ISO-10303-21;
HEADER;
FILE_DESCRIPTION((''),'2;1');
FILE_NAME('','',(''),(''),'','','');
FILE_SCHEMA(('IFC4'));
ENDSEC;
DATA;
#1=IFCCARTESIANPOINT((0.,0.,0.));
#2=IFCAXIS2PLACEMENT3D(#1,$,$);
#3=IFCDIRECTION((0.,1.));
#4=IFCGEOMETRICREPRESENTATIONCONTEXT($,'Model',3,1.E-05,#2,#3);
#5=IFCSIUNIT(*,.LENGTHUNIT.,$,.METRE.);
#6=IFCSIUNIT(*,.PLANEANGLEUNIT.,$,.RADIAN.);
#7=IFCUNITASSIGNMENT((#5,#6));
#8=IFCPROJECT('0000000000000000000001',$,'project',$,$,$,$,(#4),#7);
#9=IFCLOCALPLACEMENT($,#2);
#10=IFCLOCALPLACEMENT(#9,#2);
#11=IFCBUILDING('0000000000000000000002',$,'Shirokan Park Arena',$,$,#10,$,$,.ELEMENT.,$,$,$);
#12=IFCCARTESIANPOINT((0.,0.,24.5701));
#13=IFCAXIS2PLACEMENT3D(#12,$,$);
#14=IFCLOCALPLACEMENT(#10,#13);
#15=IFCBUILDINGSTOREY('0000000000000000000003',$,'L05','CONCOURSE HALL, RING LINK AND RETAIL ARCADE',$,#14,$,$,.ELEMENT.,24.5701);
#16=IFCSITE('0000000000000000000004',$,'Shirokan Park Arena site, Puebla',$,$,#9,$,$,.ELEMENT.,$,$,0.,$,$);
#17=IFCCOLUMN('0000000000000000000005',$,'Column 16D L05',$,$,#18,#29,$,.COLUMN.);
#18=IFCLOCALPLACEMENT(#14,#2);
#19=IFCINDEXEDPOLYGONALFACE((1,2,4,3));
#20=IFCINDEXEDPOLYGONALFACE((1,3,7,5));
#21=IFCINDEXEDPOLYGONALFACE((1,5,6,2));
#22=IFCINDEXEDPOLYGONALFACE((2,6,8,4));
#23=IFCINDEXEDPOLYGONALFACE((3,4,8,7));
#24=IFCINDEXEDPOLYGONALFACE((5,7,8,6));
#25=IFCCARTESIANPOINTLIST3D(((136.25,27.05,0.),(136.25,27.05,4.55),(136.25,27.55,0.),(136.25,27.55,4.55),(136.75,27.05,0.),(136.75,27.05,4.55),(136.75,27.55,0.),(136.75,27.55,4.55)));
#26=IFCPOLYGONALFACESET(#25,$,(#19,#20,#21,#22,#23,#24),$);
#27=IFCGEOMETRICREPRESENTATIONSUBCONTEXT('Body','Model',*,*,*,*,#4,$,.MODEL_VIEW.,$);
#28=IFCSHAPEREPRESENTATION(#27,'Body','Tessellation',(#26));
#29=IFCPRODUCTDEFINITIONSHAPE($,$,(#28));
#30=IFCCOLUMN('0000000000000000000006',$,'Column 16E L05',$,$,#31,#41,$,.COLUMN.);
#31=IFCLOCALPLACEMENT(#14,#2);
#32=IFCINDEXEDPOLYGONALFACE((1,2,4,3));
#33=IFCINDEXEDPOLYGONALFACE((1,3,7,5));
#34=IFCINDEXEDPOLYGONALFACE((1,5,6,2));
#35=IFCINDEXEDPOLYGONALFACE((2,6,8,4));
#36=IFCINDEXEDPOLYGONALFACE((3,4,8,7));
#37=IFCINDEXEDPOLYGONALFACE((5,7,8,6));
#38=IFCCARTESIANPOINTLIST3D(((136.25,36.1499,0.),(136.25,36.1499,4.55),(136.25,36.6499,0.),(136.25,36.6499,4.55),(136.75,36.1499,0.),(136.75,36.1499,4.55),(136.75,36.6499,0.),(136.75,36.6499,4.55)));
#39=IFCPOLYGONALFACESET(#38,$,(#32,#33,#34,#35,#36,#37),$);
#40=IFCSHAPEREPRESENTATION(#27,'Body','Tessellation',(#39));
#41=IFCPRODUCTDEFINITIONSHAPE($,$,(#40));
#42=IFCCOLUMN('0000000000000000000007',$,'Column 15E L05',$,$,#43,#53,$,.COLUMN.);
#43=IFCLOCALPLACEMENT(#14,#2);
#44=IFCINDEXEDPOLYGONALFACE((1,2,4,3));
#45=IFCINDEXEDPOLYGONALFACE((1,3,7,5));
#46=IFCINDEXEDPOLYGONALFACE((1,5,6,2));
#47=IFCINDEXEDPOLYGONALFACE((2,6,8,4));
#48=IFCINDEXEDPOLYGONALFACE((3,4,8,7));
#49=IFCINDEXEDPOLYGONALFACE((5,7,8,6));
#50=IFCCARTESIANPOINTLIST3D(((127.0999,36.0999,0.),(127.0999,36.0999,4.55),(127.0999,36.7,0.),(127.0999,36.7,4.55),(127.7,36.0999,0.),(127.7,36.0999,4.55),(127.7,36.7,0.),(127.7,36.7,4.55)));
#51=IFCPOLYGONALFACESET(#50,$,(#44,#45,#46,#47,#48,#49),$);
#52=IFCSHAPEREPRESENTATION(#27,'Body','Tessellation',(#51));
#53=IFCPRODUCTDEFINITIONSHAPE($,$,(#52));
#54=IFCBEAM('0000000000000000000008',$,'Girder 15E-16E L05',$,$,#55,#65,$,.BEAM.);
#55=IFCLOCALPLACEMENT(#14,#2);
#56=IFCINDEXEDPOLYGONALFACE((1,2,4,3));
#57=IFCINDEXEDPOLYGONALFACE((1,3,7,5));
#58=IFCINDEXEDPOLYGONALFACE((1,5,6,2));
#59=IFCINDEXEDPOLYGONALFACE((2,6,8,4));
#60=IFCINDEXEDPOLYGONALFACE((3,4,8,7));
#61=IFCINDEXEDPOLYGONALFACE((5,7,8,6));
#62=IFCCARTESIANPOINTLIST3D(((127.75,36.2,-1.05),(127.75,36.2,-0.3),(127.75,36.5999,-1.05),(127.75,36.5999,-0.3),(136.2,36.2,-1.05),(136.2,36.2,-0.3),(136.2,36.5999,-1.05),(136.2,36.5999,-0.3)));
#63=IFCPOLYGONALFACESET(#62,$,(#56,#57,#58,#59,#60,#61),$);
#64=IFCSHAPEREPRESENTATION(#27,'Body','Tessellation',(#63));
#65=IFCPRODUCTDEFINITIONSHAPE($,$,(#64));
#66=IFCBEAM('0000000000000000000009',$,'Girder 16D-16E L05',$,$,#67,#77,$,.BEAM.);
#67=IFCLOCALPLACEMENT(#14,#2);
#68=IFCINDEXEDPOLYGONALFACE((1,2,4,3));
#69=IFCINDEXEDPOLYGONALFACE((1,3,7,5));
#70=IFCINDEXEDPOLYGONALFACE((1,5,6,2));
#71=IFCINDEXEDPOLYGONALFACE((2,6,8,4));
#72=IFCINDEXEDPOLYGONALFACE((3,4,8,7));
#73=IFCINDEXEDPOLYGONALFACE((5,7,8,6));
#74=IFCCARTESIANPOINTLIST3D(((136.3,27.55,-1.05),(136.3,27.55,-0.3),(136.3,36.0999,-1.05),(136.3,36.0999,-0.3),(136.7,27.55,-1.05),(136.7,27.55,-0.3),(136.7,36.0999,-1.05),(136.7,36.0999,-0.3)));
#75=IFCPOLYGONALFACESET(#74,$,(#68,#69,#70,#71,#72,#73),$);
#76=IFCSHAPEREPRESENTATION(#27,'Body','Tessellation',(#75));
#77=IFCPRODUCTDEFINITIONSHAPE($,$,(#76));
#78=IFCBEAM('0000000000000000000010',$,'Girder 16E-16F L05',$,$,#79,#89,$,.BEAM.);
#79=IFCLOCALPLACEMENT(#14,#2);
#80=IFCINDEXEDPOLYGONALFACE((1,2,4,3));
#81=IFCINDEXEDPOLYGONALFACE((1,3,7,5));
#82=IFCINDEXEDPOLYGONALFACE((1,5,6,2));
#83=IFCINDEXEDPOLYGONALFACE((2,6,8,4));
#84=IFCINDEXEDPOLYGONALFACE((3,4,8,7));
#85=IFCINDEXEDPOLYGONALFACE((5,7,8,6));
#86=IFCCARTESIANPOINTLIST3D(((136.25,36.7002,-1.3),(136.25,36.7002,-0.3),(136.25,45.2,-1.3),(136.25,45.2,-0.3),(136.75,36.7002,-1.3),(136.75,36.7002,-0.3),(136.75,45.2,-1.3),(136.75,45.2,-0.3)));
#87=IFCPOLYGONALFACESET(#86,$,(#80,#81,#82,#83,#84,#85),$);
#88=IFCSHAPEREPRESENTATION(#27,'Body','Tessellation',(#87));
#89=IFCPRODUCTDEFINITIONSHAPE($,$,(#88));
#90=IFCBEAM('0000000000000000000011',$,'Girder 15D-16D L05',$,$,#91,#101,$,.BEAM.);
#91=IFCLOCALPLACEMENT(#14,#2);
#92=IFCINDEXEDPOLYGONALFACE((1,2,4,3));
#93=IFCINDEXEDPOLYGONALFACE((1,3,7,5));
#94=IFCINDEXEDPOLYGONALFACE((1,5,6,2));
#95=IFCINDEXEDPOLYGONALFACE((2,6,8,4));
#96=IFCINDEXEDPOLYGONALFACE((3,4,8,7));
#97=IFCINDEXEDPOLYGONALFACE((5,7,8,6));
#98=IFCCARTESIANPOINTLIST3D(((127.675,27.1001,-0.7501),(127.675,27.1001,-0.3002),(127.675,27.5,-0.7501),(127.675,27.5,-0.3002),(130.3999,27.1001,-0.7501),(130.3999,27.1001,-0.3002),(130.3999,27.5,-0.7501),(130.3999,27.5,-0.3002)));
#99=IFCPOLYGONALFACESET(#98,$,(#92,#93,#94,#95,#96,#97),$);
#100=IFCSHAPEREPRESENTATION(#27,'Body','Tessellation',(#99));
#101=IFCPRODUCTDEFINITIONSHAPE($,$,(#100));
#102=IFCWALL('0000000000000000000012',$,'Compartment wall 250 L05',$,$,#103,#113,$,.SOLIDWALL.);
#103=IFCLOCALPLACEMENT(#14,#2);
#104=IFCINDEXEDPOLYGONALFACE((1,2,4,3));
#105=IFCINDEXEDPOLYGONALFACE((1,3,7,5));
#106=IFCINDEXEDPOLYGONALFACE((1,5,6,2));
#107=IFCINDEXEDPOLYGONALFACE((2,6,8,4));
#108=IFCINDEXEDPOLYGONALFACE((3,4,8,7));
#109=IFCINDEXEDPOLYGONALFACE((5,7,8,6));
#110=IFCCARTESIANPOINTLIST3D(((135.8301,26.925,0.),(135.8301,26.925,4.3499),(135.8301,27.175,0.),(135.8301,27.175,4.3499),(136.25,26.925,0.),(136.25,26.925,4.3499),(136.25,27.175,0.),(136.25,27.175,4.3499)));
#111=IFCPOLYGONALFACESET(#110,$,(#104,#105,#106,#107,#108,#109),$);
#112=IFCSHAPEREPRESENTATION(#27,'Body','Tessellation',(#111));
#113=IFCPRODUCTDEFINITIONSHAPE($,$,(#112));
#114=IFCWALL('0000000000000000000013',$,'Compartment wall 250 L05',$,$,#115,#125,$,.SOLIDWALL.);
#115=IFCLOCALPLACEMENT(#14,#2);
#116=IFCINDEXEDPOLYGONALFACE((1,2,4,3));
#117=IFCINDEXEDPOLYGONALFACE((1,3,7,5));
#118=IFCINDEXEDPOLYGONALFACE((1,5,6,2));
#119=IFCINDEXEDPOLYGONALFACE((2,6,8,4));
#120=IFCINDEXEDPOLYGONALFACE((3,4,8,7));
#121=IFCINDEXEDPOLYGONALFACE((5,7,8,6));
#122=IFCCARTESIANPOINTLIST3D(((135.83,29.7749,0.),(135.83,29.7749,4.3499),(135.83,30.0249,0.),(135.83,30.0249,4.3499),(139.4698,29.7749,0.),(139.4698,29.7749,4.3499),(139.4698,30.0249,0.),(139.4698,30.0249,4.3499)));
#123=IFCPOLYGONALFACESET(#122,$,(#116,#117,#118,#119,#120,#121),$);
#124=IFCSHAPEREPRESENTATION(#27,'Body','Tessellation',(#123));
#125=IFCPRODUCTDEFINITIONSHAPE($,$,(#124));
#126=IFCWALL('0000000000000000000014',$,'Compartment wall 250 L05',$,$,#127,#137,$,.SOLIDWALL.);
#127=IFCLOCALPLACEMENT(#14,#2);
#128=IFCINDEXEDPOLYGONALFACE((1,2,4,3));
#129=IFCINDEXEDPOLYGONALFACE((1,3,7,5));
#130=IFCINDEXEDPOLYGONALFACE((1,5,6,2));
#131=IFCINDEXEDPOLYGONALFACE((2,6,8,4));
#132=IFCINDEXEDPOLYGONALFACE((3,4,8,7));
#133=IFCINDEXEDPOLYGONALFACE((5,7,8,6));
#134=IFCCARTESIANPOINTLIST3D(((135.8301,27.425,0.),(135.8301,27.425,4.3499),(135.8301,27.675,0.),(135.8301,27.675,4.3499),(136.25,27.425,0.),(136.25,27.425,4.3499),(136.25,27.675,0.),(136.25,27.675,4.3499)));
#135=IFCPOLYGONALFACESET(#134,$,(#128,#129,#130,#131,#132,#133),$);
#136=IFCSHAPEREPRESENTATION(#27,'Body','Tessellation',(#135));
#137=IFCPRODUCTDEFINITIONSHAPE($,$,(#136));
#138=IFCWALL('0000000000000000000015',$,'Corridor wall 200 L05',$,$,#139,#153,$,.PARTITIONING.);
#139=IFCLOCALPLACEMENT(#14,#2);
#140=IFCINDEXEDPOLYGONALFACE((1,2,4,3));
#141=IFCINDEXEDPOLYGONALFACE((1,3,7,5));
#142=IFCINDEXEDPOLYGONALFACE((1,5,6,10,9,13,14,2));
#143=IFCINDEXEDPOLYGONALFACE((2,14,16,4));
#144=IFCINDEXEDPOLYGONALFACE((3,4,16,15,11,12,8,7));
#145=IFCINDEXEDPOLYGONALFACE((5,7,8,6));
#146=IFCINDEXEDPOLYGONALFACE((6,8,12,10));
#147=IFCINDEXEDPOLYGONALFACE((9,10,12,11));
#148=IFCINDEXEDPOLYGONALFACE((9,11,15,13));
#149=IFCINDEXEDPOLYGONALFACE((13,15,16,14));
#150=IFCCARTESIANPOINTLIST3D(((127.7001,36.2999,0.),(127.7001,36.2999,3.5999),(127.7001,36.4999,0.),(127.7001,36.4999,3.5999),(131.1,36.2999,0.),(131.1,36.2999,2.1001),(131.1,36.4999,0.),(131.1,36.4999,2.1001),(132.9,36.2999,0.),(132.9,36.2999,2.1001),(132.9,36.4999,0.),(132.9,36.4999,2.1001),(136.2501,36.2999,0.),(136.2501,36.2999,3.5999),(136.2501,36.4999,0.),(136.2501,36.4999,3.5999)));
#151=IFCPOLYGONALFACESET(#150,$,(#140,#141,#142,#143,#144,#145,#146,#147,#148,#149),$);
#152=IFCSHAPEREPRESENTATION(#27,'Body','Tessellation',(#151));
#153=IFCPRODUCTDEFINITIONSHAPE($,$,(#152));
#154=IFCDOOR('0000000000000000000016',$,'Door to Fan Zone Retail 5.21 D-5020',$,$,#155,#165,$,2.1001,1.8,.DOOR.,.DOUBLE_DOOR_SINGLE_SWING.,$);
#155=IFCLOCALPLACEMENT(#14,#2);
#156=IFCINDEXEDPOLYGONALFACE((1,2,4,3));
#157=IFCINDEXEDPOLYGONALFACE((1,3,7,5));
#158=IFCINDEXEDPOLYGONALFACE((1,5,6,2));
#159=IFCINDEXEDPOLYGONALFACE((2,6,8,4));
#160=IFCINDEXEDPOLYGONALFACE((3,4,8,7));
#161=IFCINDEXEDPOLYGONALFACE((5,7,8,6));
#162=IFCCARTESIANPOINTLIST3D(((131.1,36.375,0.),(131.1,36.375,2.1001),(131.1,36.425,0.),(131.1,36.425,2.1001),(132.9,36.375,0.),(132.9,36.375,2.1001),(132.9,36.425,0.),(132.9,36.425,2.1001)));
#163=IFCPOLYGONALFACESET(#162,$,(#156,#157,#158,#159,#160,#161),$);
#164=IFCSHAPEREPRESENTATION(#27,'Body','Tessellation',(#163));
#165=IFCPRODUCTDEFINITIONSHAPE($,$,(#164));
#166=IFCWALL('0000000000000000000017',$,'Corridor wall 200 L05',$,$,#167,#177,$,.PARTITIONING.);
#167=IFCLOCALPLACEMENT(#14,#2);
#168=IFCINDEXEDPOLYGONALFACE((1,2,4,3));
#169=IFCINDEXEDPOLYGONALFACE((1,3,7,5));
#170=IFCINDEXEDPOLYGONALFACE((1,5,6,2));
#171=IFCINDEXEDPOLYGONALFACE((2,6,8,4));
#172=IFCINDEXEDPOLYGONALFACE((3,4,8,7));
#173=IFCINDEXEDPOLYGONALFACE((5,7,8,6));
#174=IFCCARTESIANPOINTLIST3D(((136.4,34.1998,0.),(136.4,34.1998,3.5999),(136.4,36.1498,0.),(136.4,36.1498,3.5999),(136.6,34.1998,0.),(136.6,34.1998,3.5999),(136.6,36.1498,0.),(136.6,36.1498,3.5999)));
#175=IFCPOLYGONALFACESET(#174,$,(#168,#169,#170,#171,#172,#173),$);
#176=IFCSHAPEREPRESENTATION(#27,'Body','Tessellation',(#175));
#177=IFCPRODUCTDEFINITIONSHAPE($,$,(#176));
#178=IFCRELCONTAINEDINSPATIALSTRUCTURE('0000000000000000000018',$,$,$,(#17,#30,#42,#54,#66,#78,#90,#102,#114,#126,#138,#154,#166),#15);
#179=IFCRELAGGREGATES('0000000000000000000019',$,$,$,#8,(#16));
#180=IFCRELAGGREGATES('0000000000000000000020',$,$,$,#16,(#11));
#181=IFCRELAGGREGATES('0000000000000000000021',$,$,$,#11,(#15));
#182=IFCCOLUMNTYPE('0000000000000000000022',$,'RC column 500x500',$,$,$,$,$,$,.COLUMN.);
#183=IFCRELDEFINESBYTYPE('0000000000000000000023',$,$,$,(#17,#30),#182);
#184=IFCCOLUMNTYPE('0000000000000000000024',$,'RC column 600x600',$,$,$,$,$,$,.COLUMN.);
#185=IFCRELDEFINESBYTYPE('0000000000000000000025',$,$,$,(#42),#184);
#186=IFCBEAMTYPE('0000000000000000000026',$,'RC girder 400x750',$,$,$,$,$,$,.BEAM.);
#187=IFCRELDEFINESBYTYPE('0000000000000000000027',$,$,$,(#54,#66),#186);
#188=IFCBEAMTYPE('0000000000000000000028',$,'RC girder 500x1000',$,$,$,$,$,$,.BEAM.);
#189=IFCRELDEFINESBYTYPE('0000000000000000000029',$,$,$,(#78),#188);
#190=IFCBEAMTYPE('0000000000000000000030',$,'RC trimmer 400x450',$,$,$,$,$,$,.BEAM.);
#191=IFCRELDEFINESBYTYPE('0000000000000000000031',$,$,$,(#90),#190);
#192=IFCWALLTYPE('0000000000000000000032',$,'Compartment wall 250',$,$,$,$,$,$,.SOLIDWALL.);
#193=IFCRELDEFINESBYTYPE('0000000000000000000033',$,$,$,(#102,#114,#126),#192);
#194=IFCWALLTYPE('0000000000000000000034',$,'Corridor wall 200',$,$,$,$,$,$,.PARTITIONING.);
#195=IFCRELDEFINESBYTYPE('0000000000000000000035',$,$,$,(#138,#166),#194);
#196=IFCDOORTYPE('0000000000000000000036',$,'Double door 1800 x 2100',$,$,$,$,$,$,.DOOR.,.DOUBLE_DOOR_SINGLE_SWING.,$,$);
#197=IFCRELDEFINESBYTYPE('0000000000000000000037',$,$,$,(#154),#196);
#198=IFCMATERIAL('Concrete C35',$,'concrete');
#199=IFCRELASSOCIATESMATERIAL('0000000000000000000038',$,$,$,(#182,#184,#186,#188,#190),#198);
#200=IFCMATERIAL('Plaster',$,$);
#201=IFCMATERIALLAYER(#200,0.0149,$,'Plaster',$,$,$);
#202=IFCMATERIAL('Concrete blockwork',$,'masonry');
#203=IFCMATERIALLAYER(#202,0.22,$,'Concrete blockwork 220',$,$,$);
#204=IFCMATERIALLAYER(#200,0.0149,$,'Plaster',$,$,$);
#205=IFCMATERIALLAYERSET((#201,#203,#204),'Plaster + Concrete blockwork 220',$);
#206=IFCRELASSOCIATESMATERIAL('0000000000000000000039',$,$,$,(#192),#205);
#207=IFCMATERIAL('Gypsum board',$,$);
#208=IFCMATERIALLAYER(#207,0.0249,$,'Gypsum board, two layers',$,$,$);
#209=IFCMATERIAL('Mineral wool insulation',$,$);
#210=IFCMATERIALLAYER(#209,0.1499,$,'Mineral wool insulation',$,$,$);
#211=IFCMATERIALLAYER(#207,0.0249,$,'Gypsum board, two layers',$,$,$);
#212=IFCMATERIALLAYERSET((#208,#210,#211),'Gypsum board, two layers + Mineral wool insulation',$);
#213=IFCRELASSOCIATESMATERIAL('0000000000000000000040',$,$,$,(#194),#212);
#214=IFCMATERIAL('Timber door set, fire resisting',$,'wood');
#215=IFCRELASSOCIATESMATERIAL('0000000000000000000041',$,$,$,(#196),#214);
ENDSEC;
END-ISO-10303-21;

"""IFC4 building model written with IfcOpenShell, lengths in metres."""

from ifc_helpers import new_model, si_unit, direction, frame, frame_2d, origin, origin_2d, place, context, subcontext, project, spatial, rectangle, extrude, material, layer, layer_set, material_profile, profile_set, type_object, element, fill, save


model = new_model("IFC4")

# Units and contexts
model_context = context("Model", 3, precision=1e-05, world=origin(), true_north=direction((0.0, 1.0)))
body_context = subcontext(model_context, "Body", "Model", "MODEL_VIEW")
ifc_project = project(units=[si_unit("LENGTHUNIT", "METRE"), si_unit("PLANEANGLEUNIT", "RADIAN")], contexts=[model_context])

# Site, building, storey
site_placement = place(None, origin())
site = spatial("IfcSite", under=ifc_project, at=site_placement, Name="Shirokan Park Arena site, Puebla", CompositionType="ELEMENT", RefElevation=0.0)
building_placement = place(site_placement, origin())
building = spatial("IfcBuilding", under=site, at=building_placement, Name="Shirokan Park Arena", CompositionType="ELEMENT")
storey_placement = place(building_placement, frame((0.0, 0.0, 24.5701)))
storey = spatial("IfcBuildingStorey", under=building, at=storey_placement, Name="L05", Description="CONCOURSE HALL, RING LINK AND RETAIL ARCADE", CompositionType="ELEMENT", Elevation=24.5701)

# Columns
ifc_material_1 = material(Name="Concrete C35", Category="concrete")
ifc_material_profile_1 = material_profile(ifc_material_1, rectangle(XDim=0.5, YDim=0.5, at=origin_2d()), Name="500x500")
ifc_profile_set_1 = profile_set([ifc_material_profile_1], Name="Concrete C35")
column_type_1 = type_object("IfcColumnType", Name="RC column 500x500", PredefinedType="COLUMN", material=ifc_profile_set_1)
for number, where, z_axis, x_axis, name in (
    (1, (136.5, 27.3, 0.0), (0.0, 0.0, 1.0), (1.0, 0.0, 0.0), "Column 16D L05"),
    (2, (136.5, 36.3999, 0.0), (0.0, 0.0, 1.0), (1.0, 0.0, 0.0), "Column 16E L05"),
):
    element("IfcColumn", number, at=place(storey_placement, frame(where, z_axis=z_axis, x_axis=x_axis)), inside=storey, type_object=column_type_1, Name=name, PredefinedType="COLUMN", context=body_context, shape_type="SweptSolid", body=[
        extrude(rectangle(XDim=0.5, YDim=0.5, at=origin_2d()), origin(), (0.0, 0.0, 1.0), 4.55),
    ])
ifc_material_profile_2 = material_profile(ifc_material_1, rectangle(XDim=0.6001, YDim=0.6001, at=origin_2d()), Name="600x600")
ifc_profile_set_2 = profile_set([ifc_material_profile_2], Name="Concrete C35")
column_type_2 = type_object("IfcColumnType", Name="RC column 600x600", PredefinedType="COLUMN", material=ifc_profile_set_2)
column_placement = place(storey_placement, frame((127.3999, 36.3999, 0.0), z_axis=(0.0, 0.0, 1.0), x_axis=(1.0, 0.0, 0.0)))
element("IfcColumn", 3, at=column_placement, inside=storey, type_object=column_type_2, Name="Column 15E L05", PredefinedType="COLUMN", context=body_context, shape_type="SweptSolid", body=[
    extrude(rectangle(XDim=0.6001, YDim=0.6001, at=origin_2d()), origin(), (0.0, 0.0, 1.0), 4.55),
])

# Beams
ifc_material_profile_3 = material_profile(ifc_material_1, rectangle(XDim=0.3999, YDim=0.75, at=origin_2d()), Name="400x750")
ifc_profile_set_3 = profile_set([ifc_material_profile_3], Name="Concrete C35")
beam_type_1 = type_object("IfcBeamType", Name="RC girder 400x750", PredefinedType="BEAM", material=ifc_profile_set_3)
beam_1_placement = place(storey_placement, frame((127.75, 36.3999, -0.675), z_axis=(1.0, 0.0, 0.0), x_axis=(0.0, 1.0, 0.0)))
element("IfcBeam", 4, at=beam_1_placement, inside=storey, type_object=beam_type_1, Name="Girder 15E-16E L05", PredefinedType="BEAM", context=body_context, shape_type="SweptSolid", body=[
    extrude(rectangle(XDim=0.3999, YDim=0.75, at=origin_2d()), origin(), (0.0, 0.0, 1.0), 8.45),
])
beam_2_placement = place(storey_placement, frame((136.5, 27.55, -0.675), z_axis=(0.0, 1.0, 0.0), x_axis=(-1.0, 0.0, 0.0)))
element("IfcBeam", 5, at=beam_2_placement, inside=storey, type_object=beam_type_1, Name="Girder 16D-16E L05", PredefinedType="BEAM", context=body_context, shape_type="SweptSolid", body=[
    extrude(rectangle(XDim=0.3999, YDim=0.75, at=origin_2d()), origin(), (0.0, 0.0, 1.0), 8.5498),
])
ifc_material_profile_4 = material_profile(ifc_material_1, rectangle(XDim=0.5, YDim=1.0, at=origin_2d()), Name="500x1000")
ifc_profile_set_4 = profile_set([ifc_material_profile_4], Name="Concrete C35")
beam_type_2 = type_object("IfcBeamType", Name="RC girder 500x1000", PredefinedType="BEAM", material=ifc_profile_set_4)
beam_3_placement = place(storey_placement, frame((136.5, 36.7002, -0.8), z_axis=(0.0, 1.0, 0.0), x_axis=(-1.0, 0.0, 0.0)))
element("IfcBeam", 6, at=beam_3_placement, inside=storey, type_object=beam_type_2, Name="Girder 16E-16F L05", PredefinedType="BEAM", context=body_context, shape_type="SweptSolid", body=[
    extrude(rectangle(XDim=0.5, YDim=1.0, at=origin_2d()), origin(), (0.0, 0.0, 1.0), 8.4998),
])
ifc_material_profile_5 = material_profile(ifc_material_1, rectangle(XDim=0.3999, YDim=0.45, at=origin_2d()), Name="400x450")
ifc_profile_set_5 = profile_set([ifc_material_profile_5], Name="Concrete C35")
beam_type_3 = type_object("IfcBeamType", Name="RC trimmer 400x450", PredefinedType="BEAM", material=ifc_profile_set_5)
beam_4_placement = place(storey_placement, frame((127.675, 27.3, -0.5251), z_axis=(1.0, 0.0, 0.0), x_axis=(0.0, 1.0, 0.0)))
element("IfcBeam", 7, at=beam_4_placement, inside=storey, type_object=beam_type_3, Name="Girder 15D-16D L05", PredefinedType="BEAM", context=body_context, shape_type="SweptSolid", body=[
    extrude(rectangle(XDim=0.3999, YDim=0.45, at=origin_2d()), origin(), (0.0, 0.0, 1.0), 2.7249),
])

# Walls
ifc_material_2 = material(Name="Plaster")
ifc_layer_1 = layer(ifc_material_2, 0.0149, Name="Plaster")
ifc_material_3 = material(Name="Concrete blockwork", Category="masonry")
ifc_layer_2 = layer(ifc_material_3, 0.22, Name="Concrete blockwork 220")
ifc_layer_3 = layer(ifc_material_2, 0.0149, Name="Plaster")
ifc_layer_set_1 = layer_set([ifc_layer_1, ifc_layer_2, ifc_layer_3], Name="Plaster + Concrete blockwork 220")
wall_type_1 = type_object("IfcWallType", Name="Compartment wall 250", PredefinedType="SOLIDWALL", material=ifc_layer_set_1)
wall_1_placement = place(storey_placement, frame((135.8301, 27.05, 0.0), z_axis=(0.0, 0.0, 1.0), x_axis=(1.0, 0.0, 0.0)))
element("IfcWall", 8, at=wall_1_placement, inside=storey, type_object=wall_type_1, Name="Compartment wall 250 L05", PredefinedType="SOLIDWALL", context=body_context, shape_type="SweptSolid", body=[
    extrude(rectangle(XDim=0.4199, YDim=0.25, at=frame_2d((0.21, 0.0))), origin(), (0.0, 0.0, 1.0), 4.3499),
])
wall_2_placement = place(storey_placement, frame((135.8301, 29.8999, 0.0), z_axis=(0.0, 0.0, 1.0), x_axis=(1.0, 0.0, 0.0)))
element("IfcWall", 9, at=wall_2_placement, inside=storey, type_object=wall_type_1, Name="Compartment wall 250 L05", PredefinedType="SOLIDWALL", context=body_context, shape_type="SweptSolid", body=[
    extrude(rectangle(XDim=3.6399, YDim=0.25, at=frame_2d((1.8198, 0.0))), origin(), (0.0, 0.0, 1.0), 4.3499),
])
wall_3_placement = place(storey_placement, frame((136.25, 27.55, 0.0), z_axis=(0.0, 0.0, 1.0), x_axis=(-1.0, 0.0, 0.0)))
element("IfcWall", 10, at=wall_3_placement, inside=storey, type_object=wall_type_1, Name="Compartment wall 250 L05", PredefinedType="SOLIDWALL", context=body_context, shape_type="SweptSolid", body=[
    extrude(rectangle(XDim=0.4199, YDim=0.25, at=frame_2d((0.21, 0.0))), origin(), (0.0, 0.0, 1.0), 4.3499),
])

# Wall, opening, door
ifc_material_4 = material(Name="Gypsum board")
ifc_layer_4 = layer(ifc_material_4, 0.0249, Name="Gypsum board, two layers")
ifc_material_5 = material(Name="Mineral wool insulation")
ifc_layer_5 = layer(ifc_material_5, 0.1499, Name="Mineral wool insulation")
ifc_layer_6 = layer(ifc_material_4, 0.0249, Name="Gypsum board, two layers")
ifc_layer_set_2 = layer_set([ifc_layer_4, ifc_layer_5, ifc_layer_6], Name="Gypsum board, two layers + Mineral wool insulation")
wall_type_2 = type_object("IfcWallType", Name="Corridor wall 200", PredefinedType="PARTITIONING", material=ifc_layer_set_2)
wall_4_placement = place(storey_placement, frame((136.25, 36.3999, 0.0), z_axis=(0.0, 0.0, 1.0), x_axis=(-1.0, 0.0, 0.0)))
wall_4 = element("IfcWall", 11, at=wall_4_placement, inside=storey, type_object=wall_type_2, Name="Corridor wall 200 L05", PredefinedType="PARTITIONING", context=body_context, shape_type="SweptSolid", body=[
    extrude(rectangle(XDim=8.55, YDim=0.2, at=frame_2d((4.2749, 0.0))), origin(), (0.0, 0.0, 1.0), 3.5999),
])
opening_1_placement = place(wall_4_placement, frame((3.3501, 0.0, 0.0)))
opening_1 = element("IfcOpeningElement", 12, at=opening_1_placement, cuts=wall_4, PredefinedType="OPENING", context=body_context, shape_type="SweptSolid", body=[
    extrude(rectangle(XDim=1.8, YDim=2.1001, at=frame_2d((0.8999, 1.05))), frame((0.0, 0.1099, 0.0), z_axis=(0.0, -1.0, 0.0), x_axis=(1.0, 0.0, 0.0)), (0.0, 0.0, 1.0), 0.22),
])
ifc_material_6 = material(Name="Timber door set, fire resisting", Category="wood")
door_type_1 = type_object("IfcDoorType", Name="Double door 1800 x 2100", OperationType="DOUBLE_DOOR_SINGLE_SWING", PredefinedType="DOOR", material=ifc_material_6)
door_1_placement = place(opening_1_placement, origin())
door_1 = element("IfcDoor", 13, at=door_1_placement, inside=storey, type_object=door_type_1, Name="Door to Fan Zone Retail 5.21 D-5020", OperationType="DOUBLE_DOOR_SINGLE_SWING", OverallHeight=2.1001, OverallWidth=1.8, PredefinedType="DOOR", context=body_context, shape_type="SweptSolid", body=[
    extrude(rectangle(XDim=1.8, YDim=2.1001, at=frame_2d((0.8999, 1.05))), frame((0.0, 0.0249, 0.0), z_axis=(0.0, -1.0, 0.0), x_axis=(1.0, 0.0, 0.0)), (0.0, 0.0, 1.0), 0.05),
])
fill(opening_1, door_1)

# Wall
wall_5_placement = place(storey_placement, frame((136.5, 36.1499, 0.0), z_axis=(0.0, 0.0, 1.0), x_axis=(0.0, -1.0, 0.0)))
element("IfcWall", 14, at=wall_5_placement, inside=storey, type_object=wall_type_2, Name="Corridor wall 200 L05", PredefinedType="PARTITIONING", context=body_context, shape_type="SweptSolid", body=[
    extrude(rectangle(XDim=1.95, YDim=0.2, at=frame_2d((0.9751, 0.0))), origin(), (0.0, 0.0, 1.0), 3.5999),
])

save(model, "model.ifc")
